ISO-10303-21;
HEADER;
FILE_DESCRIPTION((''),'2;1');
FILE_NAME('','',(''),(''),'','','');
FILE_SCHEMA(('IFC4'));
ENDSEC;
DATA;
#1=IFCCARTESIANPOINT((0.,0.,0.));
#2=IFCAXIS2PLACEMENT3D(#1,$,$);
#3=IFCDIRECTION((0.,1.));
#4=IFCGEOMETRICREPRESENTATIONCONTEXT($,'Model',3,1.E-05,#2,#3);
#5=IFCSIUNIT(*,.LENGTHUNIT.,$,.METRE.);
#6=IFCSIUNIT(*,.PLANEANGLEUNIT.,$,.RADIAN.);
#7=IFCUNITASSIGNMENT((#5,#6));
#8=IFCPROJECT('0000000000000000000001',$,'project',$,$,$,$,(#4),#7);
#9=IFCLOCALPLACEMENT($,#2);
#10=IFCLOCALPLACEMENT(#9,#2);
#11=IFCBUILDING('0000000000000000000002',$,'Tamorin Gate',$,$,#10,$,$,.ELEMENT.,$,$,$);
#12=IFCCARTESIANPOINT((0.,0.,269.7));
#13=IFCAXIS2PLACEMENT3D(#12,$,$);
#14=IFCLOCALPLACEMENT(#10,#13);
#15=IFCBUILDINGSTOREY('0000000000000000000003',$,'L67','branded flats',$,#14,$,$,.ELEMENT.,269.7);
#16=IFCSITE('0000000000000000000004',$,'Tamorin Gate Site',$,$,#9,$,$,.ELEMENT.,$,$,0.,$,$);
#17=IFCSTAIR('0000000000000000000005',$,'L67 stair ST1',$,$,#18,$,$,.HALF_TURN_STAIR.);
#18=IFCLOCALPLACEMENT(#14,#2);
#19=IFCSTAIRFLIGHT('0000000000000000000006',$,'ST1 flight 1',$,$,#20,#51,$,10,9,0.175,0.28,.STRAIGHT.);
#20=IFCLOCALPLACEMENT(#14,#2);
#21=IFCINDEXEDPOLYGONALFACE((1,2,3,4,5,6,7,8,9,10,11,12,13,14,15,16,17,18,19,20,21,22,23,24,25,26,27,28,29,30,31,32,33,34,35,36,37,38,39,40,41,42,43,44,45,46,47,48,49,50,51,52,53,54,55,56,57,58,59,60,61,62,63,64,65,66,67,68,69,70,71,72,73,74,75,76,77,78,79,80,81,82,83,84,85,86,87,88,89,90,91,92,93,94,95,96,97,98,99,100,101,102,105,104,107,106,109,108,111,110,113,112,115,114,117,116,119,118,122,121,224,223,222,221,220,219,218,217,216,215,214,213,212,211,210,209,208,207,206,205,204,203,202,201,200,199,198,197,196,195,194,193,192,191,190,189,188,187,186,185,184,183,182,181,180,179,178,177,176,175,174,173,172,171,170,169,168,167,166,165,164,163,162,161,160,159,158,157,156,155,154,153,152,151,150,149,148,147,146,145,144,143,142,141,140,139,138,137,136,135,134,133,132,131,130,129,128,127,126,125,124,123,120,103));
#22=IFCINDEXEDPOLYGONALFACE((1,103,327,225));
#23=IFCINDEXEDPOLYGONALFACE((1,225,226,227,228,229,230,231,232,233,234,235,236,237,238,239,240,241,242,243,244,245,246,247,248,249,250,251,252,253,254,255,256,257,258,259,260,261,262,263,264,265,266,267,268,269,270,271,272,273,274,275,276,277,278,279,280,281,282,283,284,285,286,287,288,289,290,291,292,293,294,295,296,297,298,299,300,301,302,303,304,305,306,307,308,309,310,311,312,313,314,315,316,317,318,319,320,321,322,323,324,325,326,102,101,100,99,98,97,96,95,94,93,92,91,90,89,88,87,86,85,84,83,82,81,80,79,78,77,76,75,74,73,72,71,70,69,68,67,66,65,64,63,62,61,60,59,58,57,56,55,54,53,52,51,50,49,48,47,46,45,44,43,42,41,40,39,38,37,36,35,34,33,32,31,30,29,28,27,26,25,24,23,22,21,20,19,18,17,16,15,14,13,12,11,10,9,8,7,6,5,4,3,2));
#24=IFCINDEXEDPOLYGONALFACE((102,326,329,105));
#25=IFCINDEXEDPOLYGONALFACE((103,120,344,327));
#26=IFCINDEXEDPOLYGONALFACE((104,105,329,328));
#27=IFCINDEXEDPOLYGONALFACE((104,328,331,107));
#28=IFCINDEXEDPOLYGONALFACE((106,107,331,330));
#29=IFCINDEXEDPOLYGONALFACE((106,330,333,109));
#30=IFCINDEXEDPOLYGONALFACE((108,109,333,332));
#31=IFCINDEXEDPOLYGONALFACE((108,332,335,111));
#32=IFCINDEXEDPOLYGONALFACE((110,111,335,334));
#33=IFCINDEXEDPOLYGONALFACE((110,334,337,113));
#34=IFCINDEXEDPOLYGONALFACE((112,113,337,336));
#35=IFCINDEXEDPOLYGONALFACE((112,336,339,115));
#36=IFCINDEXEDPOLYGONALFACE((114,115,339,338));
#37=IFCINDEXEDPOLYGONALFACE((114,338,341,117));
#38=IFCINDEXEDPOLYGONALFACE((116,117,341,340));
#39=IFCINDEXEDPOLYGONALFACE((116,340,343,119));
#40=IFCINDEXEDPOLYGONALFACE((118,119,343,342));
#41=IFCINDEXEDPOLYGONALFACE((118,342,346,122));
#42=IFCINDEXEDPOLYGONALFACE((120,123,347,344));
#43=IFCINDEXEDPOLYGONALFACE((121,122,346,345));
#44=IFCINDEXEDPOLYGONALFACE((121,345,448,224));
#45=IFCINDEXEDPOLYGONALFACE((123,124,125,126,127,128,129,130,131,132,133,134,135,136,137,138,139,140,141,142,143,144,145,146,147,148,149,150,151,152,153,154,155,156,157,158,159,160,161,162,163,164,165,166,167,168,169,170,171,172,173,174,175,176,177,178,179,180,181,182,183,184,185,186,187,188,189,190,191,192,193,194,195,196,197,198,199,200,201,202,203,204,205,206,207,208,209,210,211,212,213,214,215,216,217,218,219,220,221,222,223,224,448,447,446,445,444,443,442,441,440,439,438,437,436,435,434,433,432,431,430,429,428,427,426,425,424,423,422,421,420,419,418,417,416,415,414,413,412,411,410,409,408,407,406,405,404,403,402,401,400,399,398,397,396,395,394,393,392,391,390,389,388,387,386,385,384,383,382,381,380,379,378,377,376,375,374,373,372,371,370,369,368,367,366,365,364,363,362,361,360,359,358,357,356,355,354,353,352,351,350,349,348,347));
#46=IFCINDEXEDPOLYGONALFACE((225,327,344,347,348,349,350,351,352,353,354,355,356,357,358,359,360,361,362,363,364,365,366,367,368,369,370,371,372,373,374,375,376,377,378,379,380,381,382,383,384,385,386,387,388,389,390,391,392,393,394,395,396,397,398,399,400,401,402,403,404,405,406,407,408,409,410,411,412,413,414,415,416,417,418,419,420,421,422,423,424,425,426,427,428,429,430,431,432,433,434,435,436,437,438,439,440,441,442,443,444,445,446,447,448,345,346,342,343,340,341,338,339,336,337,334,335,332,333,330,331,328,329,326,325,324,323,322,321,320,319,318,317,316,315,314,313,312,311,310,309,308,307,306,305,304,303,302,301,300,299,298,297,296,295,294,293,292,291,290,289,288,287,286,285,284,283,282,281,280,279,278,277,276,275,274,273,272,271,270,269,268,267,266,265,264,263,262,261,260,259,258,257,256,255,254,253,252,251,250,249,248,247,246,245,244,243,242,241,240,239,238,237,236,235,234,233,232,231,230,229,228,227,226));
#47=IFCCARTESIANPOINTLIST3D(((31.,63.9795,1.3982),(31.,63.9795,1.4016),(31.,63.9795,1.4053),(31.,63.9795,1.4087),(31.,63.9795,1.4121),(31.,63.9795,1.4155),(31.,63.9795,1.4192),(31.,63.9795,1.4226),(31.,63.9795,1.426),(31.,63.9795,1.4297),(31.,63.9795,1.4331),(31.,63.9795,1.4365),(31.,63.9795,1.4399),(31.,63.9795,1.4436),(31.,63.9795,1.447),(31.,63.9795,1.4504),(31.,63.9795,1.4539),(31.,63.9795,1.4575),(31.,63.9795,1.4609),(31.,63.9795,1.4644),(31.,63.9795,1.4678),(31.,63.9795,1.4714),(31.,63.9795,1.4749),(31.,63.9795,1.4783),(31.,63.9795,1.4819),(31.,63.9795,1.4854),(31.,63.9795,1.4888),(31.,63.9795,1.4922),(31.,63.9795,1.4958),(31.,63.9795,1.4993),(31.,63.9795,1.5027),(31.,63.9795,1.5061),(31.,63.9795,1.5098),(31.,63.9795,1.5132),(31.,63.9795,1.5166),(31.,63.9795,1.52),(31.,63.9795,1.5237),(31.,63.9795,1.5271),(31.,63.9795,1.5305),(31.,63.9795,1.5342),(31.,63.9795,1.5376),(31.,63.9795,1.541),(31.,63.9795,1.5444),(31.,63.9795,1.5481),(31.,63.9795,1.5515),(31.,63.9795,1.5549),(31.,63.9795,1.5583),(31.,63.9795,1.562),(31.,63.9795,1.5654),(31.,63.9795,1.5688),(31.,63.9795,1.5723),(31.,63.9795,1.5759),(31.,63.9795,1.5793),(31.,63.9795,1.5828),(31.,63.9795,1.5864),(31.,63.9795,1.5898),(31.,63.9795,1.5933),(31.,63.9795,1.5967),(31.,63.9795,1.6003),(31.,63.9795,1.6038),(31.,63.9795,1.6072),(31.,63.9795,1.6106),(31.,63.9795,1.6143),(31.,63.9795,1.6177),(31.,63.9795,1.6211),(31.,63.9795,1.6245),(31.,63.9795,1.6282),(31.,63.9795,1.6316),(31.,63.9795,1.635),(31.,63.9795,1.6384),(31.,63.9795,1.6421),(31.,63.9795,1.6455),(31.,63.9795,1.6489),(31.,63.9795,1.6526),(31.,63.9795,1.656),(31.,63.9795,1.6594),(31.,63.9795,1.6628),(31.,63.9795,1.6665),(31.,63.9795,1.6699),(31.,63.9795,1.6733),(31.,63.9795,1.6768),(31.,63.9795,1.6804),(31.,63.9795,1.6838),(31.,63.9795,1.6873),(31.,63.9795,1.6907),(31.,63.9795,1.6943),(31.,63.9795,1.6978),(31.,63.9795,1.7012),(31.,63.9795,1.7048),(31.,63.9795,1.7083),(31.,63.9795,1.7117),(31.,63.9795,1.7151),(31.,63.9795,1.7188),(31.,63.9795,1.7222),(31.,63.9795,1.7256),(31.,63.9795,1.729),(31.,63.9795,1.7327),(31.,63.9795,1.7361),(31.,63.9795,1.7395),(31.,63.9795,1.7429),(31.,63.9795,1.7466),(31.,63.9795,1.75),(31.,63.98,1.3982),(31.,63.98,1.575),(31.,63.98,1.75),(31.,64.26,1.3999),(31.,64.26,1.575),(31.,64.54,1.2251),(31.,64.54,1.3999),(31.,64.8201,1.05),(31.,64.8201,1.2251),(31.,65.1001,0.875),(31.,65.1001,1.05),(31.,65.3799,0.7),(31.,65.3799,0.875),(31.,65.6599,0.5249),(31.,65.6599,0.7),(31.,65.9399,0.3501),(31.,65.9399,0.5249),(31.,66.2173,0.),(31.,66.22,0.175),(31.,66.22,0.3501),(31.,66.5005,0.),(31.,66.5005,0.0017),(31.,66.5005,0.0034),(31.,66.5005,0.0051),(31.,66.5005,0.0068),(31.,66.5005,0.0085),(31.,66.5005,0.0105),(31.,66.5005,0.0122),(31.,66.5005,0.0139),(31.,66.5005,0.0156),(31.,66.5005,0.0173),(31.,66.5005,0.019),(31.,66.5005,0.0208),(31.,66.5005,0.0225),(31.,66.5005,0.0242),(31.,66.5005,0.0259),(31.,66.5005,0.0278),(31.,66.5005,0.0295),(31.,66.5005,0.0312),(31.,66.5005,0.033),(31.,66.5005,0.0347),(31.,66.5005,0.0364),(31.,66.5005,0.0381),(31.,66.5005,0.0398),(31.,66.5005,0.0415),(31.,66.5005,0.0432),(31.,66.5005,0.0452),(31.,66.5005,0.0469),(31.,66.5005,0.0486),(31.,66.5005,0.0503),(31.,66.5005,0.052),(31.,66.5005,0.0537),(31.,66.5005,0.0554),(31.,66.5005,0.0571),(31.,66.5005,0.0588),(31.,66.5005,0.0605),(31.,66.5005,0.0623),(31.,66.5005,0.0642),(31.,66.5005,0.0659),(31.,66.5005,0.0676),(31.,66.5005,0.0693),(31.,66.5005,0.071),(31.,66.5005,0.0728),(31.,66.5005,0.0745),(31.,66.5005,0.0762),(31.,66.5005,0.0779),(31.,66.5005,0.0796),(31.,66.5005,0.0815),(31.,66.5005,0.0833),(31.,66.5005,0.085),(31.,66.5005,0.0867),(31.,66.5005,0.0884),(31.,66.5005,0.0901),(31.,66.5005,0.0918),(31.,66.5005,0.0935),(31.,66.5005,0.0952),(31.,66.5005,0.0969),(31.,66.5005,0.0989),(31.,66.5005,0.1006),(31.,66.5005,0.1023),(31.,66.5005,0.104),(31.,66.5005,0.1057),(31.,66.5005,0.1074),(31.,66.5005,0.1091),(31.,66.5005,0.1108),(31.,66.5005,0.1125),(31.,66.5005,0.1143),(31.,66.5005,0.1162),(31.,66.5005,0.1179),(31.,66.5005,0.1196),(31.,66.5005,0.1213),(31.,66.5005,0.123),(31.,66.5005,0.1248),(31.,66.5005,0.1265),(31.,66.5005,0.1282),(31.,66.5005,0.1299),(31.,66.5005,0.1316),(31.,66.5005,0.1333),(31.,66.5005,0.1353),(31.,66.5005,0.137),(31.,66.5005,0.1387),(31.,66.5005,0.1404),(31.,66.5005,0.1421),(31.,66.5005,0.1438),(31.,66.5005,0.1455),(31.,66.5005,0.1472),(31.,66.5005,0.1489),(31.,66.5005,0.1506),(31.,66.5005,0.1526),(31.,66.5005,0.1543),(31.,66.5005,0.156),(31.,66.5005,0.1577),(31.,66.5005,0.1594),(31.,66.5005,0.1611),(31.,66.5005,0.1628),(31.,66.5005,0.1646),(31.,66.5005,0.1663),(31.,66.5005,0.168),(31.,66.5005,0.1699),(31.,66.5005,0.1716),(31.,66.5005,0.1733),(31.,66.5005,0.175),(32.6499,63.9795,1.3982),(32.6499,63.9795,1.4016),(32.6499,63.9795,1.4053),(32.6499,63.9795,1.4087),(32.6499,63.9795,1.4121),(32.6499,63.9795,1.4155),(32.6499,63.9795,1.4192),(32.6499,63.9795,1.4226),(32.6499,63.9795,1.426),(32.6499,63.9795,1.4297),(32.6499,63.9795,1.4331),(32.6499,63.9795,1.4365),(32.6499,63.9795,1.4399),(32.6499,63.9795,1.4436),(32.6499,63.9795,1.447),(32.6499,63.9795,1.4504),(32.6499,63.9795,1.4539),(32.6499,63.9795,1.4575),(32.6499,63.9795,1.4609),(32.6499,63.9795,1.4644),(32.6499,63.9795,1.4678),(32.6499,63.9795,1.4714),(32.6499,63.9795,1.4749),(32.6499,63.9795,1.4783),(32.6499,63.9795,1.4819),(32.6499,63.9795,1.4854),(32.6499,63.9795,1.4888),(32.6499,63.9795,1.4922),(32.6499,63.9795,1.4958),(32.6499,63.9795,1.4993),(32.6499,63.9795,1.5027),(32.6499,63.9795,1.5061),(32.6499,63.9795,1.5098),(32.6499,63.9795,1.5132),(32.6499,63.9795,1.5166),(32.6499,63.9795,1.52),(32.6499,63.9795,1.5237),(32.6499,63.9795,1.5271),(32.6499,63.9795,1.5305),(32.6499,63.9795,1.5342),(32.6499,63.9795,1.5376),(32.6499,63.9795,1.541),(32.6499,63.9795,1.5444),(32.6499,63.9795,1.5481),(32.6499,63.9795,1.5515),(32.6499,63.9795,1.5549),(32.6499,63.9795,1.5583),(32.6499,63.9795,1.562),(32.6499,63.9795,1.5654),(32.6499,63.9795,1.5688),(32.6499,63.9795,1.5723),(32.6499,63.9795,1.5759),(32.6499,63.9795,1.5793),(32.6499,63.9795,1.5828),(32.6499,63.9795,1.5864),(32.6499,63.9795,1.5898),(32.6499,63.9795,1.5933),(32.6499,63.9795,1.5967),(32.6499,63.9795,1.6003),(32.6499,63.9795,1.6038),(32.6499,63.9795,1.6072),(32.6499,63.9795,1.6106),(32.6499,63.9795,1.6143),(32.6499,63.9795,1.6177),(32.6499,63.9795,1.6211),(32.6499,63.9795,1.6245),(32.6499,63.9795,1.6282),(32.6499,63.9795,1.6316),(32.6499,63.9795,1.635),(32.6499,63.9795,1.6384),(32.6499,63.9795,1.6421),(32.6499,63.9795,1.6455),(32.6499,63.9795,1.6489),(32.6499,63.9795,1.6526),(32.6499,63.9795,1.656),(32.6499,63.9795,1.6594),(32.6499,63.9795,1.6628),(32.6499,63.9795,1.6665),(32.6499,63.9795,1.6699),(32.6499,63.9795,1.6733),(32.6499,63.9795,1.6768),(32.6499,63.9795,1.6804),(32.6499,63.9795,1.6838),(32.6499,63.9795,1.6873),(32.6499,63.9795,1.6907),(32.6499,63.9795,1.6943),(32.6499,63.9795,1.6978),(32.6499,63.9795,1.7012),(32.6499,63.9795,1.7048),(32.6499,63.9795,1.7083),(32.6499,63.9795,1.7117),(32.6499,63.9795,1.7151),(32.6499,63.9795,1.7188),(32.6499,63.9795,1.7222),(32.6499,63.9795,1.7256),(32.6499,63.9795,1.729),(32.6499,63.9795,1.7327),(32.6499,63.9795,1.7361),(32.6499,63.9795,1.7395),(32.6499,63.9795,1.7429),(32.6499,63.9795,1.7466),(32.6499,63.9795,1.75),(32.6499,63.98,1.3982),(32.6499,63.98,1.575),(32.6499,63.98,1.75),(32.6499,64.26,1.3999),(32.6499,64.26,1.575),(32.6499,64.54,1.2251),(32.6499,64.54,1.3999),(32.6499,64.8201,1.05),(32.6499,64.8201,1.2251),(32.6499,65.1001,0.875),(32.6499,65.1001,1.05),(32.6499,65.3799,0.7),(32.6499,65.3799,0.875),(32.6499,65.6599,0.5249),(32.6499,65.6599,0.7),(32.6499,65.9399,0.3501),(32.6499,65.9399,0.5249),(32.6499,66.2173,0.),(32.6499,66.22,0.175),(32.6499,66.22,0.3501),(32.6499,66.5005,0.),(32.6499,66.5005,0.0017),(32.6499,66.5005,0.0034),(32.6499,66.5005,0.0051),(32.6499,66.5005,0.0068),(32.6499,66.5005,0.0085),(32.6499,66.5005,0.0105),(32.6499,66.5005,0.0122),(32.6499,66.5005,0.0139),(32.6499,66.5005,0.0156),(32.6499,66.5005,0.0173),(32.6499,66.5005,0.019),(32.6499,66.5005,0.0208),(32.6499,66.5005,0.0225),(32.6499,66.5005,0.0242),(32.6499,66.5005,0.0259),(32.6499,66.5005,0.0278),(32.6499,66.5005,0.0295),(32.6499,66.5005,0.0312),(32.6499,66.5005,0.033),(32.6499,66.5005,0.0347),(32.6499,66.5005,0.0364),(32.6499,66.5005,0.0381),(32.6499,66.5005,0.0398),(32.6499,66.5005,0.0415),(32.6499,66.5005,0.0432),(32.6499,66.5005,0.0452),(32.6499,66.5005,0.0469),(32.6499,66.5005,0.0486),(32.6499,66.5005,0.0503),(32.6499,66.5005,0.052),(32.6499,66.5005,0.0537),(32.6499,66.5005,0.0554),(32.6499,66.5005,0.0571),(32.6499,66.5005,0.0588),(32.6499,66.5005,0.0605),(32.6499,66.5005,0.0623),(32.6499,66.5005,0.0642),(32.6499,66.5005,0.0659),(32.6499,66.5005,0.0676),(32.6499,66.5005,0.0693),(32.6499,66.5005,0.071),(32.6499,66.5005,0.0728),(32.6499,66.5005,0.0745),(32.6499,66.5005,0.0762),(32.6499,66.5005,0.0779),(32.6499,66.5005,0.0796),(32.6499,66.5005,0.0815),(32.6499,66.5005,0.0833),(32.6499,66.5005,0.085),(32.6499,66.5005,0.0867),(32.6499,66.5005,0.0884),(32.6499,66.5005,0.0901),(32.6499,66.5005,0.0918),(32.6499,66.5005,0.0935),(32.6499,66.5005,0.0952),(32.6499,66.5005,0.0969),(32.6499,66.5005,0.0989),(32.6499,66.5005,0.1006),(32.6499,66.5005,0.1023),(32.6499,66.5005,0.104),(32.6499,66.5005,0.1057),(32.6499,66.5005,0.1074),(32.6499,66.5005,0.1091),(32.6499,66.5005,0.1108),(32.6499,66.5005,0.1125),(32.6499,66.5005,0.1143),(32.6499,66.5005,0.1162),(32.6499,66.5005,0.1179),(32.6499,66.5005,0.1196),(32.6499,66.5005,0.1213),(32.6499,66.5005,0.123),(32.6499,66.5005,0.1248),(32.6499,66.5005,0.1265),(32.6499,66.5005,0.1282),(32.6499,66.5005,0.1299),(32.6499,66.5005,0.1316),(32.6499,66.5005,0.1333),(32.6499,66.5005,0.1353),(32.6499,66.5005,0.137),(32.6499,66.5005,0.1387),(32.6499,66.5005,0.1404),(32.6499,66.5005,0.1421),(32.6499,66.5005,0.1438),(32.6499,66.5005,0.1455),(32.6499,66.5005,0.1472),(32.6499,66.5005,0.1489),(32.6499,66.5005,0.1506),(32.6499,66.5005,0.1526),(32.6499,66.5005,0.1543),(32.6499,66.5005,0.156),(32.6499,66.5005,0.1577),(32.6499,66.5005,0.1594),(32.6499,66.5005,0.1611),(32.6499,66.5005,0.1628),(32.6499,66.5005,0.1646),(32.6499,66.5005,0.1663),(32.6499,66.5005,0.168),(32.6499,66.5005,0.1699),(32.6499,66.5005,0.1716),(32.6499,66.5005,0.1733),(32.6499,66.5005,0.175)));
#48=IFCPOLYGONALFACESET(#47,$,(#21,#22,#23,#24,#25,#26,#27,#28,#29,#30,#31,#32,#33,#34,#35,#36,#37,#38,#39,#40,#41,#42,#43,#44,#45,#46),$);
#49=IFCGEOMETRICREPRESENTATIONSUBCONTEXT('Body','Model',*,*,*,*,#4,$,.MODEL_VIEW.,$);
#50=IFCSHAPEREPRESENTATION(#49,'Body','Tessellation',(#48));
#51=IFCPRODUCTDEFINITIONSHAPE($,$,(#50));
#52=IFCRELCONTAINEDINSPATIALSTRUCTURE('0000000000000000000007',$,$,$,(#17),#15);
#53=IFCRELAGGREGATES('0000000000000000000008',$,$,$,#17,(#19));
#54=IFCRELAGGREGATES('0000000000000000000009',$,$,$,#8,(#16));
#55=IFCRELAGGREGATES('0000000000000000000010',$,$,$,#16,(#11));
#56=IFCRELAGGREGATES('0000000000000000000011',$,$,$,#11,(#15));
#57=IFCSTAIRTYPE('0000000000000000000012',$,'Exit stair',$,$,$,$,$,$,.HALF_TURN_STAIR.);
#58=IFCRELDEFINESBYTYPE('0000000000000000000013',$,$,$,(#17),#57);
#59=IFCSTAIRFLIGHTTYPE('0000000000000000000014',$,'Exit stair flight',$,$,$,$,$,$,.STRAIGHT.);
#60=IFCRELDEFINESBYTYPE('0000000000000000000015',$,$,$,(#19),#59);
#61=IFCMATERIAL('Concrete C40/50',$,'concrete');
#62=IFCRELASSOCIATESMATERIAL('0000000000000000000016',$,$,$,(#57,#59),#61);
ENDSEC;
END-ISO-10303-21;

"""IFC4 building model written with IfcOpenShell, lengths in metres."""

from ifc_helpers import new_model, si_unit, direction, frame, origin, place, context, subcontext, project, spatial, polyline, outline, extrude, material, type_object, element, aggregate, save


model = new_model("IFC4")

# Units and contexts
model_context = context("Model", 3, precision=1e-05, world=origin(), true_north=direction((0.0, 1.0)))
body_context = subcontext(model_context, "Body", "Model", "MODEL_VIEW")
ifc_project = project(units=[si_unit("LENGTHUNIT", "METRE"), si_unit("PLANEANGLEUNIT", "RADIAN")], contexts=[model_context])

# Site, building, storey
site_placement = place(None, origin())
site = spatial("IfcSite", under=ifc_project, at=site_placement, Name="Tamorin Gate Site", CompositionType="ELEMENT", RefElevation=0.0)
building_placement = place(site_placement, origin())
building = spatial("IfcBuilding", under=site, at=building_placement, Name="Tamorin Gate", CompositionType="ELEMENT")
storey_placement = place(building_placement, frame((0.0, 0.0, 269.7)))
storey = spatial("IfcBuildingStorey", under=building, at=storey_placement, Name="L67", Description="branded flats", CompositionType="ELEMENT", Elevation=269.7)

# Shared definitions
ifc_material_1 = material(Name="Concrete C40/50", Category="concrete")

# Stair, stair flight
stair_type = type_object("IfcStairType", Name="Exit stair", PredefinedType="HALF_TURN_STAIR", material=ifc_material_1)
stair_1_placement = place(storey_placement, origin())
stair_1 = element("IfcStair", 1, at=stair_1_placement, inside=storey, type_object=stair_type, Name="L67 stair ST1", PredefinedType="HALF_TURN_STAIR")
stair_flight_type = type_object("IfcStairFlightType", Name="Exit stair flight", PredefinedType="STRAIGHT", material=ifc_material_1)
stair_flight_1_placement = place(storey_placement, frame((31.825, 66.5, 0.0), z_axis=(0.0, 0.0, 1.0), x_axis=(0.0, -1.0, 0.0)))
stair_flight_1 = element("IfcStairFlight", 2, at=stair_flight_1_placement, type_object=stair_flight_type, Name="ST1 flight 1", NumberOfRisers=10, NumberOfTreads=9, PredefinedType="STRAIGHT", RiserHeight=0.175, TreadLength=0.28, context=body_context, shape_type="SweptSolid", body=[
    extrude(outline(polyline([(-0.0005, 0.0), (-0.0005, 0.0017), (-0.0005, 0.0034), (-0.0005, 0.0051), (-0.0005, 0.0068), (-0.0005, 0.0085), (-0.0005, 0.0105), (-0.0005, 0.0122), (-0.0005, 0.0139), (-0.0005, 0.0156), (-0.0005, 0.0173), (-0.0005, 0.019), (-0.0005, 0.0208), (-0.0005, 0.0225), (-0.0005, 0.0242), (-0.0005, 0.0259), (-0.0005, 0.0278), (-0.0005, 0.0295), (-0.0005, 0.0312), (-0.0005, 0.033), (-0.0005, 0.0347), (-0.0005, 0.0364), (-0.0005, 0.0381), (-0.0005, 0.0398), (-0.0005, 0.0415), (-0.0005, 0.0432), (-0.0005, 0.0452), (-0.0005, 0.0469), (-0.0005, 0.0486), (-0.0005, 0.0503), (-0.0005, 0.052), (-0.0005, 0.0537), (-0.0005, 0.0554), (-0.0005, 0.0571), (-0.0005, 0.0588), (-0.0005, 0.0605), (-0.0005, 0.0623), (-0.0005, 0.0642), (-0.0005, 0.0659), (-0.0005, 0.0676), (-0.0005, 0.0693), (-0.0005, 0.071), (-0.0005, 0.0728), (-0.0005, 0.0745), (-0.0005, 0.0762), (-0.0005, 0.0779), (-0.0005, 0.0796), (-0.0005, 0.0815), (-0.0005, 0.0833), (-0.0005, 0.085), (-0.0005, 0.0867), (-0.0005, 0.0884), (-0.0005, 0.0901), (-0.0005, 0.0918), (-0.0005, 0.0935), (-0.0005, 0.0952), (-0.0005, 0.0969), (-0.0005, 0.0989), (-0.0005, 0.1006), (-0.0005, 0.1023), (-0.0005, 0.104), (-0.0005, 0.1057), (-0.0005, 0.1074), (-0.0005, 0.1091), (-0.0005, 0.1108), (-0.0005, 0.1125), (-0.0005, 0.1143), (-0.0005, 0.1162), (-0.0005, 0.1179), (-0.0005, 0.1196), (-0.0005, 0.1213), (-0.0005, 0.123), (-0.0005, 0.1248), (-0.0005, 0.1265), (-0.0005, 0.1282), (-0.0005, 0.1299), (-0.0005, 0.1316), (-0.0005, 0.1333), (-0.0005, 0.1353), (-0.0005, 0.137), (-0.0005, 0.1387), (-0.0005, 0.1404), (-0.0005, 0.1421), (-0.0005, 0.1438), (-0.0005, 0.1455), (-0.0005, 0.1472), (-0.0005, 0.1489), (-0.0005, 0.1506), (-0.0005, 0.1526), (-0.0005, 0.1543), (-0.0005, 0.156), (-0.0005, 0.1577), (-0.0005, 0.1594), (-0.0005, 0.1611), (-0.0005, 0.1628), (-0.0005, 0.1646), (-0.0005, 0.1663), (-0.0005, 0.168), (-0.0005, 0.1699), (-0.0005, 0.1716), (-0.0005, 0.1733), (-0.0005, 0.175), (0.28, 0.175), (0.28, 0.3501), (0.5601, 0.3501), (0.5601, 0.5249), (0.8401, 0.5249), (0.8401, 0.7), (1.1201, 0.7), (1.1201, 0.875), (1.3999, 0.875), (1.3999, 1.05), (1.6799, 1.05), (1.6799, 1.2251), (1.96, 1.2251), (1.96, 1.3999), (2.24, 1.3999), (2.24, 1.575), (2.52, 1.575), (2.52, 1.75), (2.5205, 1.75), (2.5205, 1.7466), (2.5205, 1.7429), (2.5205, 1.7395), (2.5205, 1.7361), (2.5205, 1.7327), (2.5205, 1.729), (2.5205, 1.7256), (2.5205, 1.7222), (2.5205, 1.7188), (2.5205, 1.7151), (2.5205, 1.7117), (2.5205, 1.7083), (2.5205, 1.7048), (2.5205, 1.7012), (2.5205, 1.6978), (2.5205, 1.6943), (2.5205, 1.6907), (2.5205, 1.6873), (2.5205, 1.6838), (2.5205, 1.6804), (2.5205, 1.6768), (2.5205, 1.6733), (2.5205, 1.6699), (2.5205, 1.6665), (2.5205, 1.6628), (2.5205, 1.6594), (2.5205, 1.656), (2.5205, 1.6526), (2.5205, 1.6489), (2.5205, 1.6455), (2.5205, 1.6421), (2.5205, 1.6384), (2.5205, 1.635), (2.5205, 1.6316), (2.5205, 1.6282), (2.5205, 1.6245), (2.5205, 1.6211), (2.5205, 1.6177), (2.5205, 1.6143), (2.5205, 1.6106), (2.5205, 1.6072), (2.5205, 1.6038), (2.5205, 1.6003), (2.5205, 1.5967), (2.5205, 1.5933), (2.5205, 1.5898), (2.5205, 1.5864), (2.5205, 1.5828), (2.5205, 1.5793), (2.5205, 1.5759), (2.5205, 1.5723), (2.5205, 1.5688), (2.5205, 1.5654), (2.5205, 1.562), (2.5205, 1.5583), (2.5205, 1.5549), (2.5205, 1.5515), (2.5205, 1.5481), (2.5205, 1.5444), (2.5205, 1.541), (2.5205, 1.5376), (2.5205, 1.5342), (2.5205, 1.5305), (2.5205, 1.5271), (2.5205, 1.5237), (2.5205, 1.52), (2.5205, 1.5166), (2.5205, 1.5132), (2.5205, 1.5098), (2.5205, 1.5061), (2.5205, 1.5027), (2.5205, 1.4993), (2.5205, 1.4958), (2.5205, 1.4922), (2.5205, 1.4888), (2.5205, 1.4854), (2.5205, 1.4819), (2.5205, 1.4783), (2.5205, 1.4749), (2.5205, 1.4714), (2.5205, 1.4678), (2.5205, 1.4644), (2.5205, 1.4609), (2.5205, 1.4575), (2.5205, 1.4539), (2.5205, 1.4504), (2.5205, 1.447), (2.5205, 1.4436), (2.5205, 1.4399), (2.5205, 1.4365), (2.5205, 1.4331), (2.5205, 1.4297), (2.5205, 1.426), (2.5205, 1.4226), (2.5205, 1.4192), (2.5205, 1.4155), (2.5205, 1.4121), (2.5205, 1.4087), (2.5205, 1.4053), (2.5205, 1.4016), (2.5205, 1.3982), (2.52, 1.3982), (0.2827, 0.0), (-0.0005, 0.0)])), frame((0.0, 0.825, 0.0), z_axis=(0.0, -1.0, 0.0), x_axis=(1.0, 0.0, 0.0)), (0.0, 0.0, 1.0), 1.6499),
])
aggregate(stair_1, [stair_flight_1])

save(model, "model.ifc")
